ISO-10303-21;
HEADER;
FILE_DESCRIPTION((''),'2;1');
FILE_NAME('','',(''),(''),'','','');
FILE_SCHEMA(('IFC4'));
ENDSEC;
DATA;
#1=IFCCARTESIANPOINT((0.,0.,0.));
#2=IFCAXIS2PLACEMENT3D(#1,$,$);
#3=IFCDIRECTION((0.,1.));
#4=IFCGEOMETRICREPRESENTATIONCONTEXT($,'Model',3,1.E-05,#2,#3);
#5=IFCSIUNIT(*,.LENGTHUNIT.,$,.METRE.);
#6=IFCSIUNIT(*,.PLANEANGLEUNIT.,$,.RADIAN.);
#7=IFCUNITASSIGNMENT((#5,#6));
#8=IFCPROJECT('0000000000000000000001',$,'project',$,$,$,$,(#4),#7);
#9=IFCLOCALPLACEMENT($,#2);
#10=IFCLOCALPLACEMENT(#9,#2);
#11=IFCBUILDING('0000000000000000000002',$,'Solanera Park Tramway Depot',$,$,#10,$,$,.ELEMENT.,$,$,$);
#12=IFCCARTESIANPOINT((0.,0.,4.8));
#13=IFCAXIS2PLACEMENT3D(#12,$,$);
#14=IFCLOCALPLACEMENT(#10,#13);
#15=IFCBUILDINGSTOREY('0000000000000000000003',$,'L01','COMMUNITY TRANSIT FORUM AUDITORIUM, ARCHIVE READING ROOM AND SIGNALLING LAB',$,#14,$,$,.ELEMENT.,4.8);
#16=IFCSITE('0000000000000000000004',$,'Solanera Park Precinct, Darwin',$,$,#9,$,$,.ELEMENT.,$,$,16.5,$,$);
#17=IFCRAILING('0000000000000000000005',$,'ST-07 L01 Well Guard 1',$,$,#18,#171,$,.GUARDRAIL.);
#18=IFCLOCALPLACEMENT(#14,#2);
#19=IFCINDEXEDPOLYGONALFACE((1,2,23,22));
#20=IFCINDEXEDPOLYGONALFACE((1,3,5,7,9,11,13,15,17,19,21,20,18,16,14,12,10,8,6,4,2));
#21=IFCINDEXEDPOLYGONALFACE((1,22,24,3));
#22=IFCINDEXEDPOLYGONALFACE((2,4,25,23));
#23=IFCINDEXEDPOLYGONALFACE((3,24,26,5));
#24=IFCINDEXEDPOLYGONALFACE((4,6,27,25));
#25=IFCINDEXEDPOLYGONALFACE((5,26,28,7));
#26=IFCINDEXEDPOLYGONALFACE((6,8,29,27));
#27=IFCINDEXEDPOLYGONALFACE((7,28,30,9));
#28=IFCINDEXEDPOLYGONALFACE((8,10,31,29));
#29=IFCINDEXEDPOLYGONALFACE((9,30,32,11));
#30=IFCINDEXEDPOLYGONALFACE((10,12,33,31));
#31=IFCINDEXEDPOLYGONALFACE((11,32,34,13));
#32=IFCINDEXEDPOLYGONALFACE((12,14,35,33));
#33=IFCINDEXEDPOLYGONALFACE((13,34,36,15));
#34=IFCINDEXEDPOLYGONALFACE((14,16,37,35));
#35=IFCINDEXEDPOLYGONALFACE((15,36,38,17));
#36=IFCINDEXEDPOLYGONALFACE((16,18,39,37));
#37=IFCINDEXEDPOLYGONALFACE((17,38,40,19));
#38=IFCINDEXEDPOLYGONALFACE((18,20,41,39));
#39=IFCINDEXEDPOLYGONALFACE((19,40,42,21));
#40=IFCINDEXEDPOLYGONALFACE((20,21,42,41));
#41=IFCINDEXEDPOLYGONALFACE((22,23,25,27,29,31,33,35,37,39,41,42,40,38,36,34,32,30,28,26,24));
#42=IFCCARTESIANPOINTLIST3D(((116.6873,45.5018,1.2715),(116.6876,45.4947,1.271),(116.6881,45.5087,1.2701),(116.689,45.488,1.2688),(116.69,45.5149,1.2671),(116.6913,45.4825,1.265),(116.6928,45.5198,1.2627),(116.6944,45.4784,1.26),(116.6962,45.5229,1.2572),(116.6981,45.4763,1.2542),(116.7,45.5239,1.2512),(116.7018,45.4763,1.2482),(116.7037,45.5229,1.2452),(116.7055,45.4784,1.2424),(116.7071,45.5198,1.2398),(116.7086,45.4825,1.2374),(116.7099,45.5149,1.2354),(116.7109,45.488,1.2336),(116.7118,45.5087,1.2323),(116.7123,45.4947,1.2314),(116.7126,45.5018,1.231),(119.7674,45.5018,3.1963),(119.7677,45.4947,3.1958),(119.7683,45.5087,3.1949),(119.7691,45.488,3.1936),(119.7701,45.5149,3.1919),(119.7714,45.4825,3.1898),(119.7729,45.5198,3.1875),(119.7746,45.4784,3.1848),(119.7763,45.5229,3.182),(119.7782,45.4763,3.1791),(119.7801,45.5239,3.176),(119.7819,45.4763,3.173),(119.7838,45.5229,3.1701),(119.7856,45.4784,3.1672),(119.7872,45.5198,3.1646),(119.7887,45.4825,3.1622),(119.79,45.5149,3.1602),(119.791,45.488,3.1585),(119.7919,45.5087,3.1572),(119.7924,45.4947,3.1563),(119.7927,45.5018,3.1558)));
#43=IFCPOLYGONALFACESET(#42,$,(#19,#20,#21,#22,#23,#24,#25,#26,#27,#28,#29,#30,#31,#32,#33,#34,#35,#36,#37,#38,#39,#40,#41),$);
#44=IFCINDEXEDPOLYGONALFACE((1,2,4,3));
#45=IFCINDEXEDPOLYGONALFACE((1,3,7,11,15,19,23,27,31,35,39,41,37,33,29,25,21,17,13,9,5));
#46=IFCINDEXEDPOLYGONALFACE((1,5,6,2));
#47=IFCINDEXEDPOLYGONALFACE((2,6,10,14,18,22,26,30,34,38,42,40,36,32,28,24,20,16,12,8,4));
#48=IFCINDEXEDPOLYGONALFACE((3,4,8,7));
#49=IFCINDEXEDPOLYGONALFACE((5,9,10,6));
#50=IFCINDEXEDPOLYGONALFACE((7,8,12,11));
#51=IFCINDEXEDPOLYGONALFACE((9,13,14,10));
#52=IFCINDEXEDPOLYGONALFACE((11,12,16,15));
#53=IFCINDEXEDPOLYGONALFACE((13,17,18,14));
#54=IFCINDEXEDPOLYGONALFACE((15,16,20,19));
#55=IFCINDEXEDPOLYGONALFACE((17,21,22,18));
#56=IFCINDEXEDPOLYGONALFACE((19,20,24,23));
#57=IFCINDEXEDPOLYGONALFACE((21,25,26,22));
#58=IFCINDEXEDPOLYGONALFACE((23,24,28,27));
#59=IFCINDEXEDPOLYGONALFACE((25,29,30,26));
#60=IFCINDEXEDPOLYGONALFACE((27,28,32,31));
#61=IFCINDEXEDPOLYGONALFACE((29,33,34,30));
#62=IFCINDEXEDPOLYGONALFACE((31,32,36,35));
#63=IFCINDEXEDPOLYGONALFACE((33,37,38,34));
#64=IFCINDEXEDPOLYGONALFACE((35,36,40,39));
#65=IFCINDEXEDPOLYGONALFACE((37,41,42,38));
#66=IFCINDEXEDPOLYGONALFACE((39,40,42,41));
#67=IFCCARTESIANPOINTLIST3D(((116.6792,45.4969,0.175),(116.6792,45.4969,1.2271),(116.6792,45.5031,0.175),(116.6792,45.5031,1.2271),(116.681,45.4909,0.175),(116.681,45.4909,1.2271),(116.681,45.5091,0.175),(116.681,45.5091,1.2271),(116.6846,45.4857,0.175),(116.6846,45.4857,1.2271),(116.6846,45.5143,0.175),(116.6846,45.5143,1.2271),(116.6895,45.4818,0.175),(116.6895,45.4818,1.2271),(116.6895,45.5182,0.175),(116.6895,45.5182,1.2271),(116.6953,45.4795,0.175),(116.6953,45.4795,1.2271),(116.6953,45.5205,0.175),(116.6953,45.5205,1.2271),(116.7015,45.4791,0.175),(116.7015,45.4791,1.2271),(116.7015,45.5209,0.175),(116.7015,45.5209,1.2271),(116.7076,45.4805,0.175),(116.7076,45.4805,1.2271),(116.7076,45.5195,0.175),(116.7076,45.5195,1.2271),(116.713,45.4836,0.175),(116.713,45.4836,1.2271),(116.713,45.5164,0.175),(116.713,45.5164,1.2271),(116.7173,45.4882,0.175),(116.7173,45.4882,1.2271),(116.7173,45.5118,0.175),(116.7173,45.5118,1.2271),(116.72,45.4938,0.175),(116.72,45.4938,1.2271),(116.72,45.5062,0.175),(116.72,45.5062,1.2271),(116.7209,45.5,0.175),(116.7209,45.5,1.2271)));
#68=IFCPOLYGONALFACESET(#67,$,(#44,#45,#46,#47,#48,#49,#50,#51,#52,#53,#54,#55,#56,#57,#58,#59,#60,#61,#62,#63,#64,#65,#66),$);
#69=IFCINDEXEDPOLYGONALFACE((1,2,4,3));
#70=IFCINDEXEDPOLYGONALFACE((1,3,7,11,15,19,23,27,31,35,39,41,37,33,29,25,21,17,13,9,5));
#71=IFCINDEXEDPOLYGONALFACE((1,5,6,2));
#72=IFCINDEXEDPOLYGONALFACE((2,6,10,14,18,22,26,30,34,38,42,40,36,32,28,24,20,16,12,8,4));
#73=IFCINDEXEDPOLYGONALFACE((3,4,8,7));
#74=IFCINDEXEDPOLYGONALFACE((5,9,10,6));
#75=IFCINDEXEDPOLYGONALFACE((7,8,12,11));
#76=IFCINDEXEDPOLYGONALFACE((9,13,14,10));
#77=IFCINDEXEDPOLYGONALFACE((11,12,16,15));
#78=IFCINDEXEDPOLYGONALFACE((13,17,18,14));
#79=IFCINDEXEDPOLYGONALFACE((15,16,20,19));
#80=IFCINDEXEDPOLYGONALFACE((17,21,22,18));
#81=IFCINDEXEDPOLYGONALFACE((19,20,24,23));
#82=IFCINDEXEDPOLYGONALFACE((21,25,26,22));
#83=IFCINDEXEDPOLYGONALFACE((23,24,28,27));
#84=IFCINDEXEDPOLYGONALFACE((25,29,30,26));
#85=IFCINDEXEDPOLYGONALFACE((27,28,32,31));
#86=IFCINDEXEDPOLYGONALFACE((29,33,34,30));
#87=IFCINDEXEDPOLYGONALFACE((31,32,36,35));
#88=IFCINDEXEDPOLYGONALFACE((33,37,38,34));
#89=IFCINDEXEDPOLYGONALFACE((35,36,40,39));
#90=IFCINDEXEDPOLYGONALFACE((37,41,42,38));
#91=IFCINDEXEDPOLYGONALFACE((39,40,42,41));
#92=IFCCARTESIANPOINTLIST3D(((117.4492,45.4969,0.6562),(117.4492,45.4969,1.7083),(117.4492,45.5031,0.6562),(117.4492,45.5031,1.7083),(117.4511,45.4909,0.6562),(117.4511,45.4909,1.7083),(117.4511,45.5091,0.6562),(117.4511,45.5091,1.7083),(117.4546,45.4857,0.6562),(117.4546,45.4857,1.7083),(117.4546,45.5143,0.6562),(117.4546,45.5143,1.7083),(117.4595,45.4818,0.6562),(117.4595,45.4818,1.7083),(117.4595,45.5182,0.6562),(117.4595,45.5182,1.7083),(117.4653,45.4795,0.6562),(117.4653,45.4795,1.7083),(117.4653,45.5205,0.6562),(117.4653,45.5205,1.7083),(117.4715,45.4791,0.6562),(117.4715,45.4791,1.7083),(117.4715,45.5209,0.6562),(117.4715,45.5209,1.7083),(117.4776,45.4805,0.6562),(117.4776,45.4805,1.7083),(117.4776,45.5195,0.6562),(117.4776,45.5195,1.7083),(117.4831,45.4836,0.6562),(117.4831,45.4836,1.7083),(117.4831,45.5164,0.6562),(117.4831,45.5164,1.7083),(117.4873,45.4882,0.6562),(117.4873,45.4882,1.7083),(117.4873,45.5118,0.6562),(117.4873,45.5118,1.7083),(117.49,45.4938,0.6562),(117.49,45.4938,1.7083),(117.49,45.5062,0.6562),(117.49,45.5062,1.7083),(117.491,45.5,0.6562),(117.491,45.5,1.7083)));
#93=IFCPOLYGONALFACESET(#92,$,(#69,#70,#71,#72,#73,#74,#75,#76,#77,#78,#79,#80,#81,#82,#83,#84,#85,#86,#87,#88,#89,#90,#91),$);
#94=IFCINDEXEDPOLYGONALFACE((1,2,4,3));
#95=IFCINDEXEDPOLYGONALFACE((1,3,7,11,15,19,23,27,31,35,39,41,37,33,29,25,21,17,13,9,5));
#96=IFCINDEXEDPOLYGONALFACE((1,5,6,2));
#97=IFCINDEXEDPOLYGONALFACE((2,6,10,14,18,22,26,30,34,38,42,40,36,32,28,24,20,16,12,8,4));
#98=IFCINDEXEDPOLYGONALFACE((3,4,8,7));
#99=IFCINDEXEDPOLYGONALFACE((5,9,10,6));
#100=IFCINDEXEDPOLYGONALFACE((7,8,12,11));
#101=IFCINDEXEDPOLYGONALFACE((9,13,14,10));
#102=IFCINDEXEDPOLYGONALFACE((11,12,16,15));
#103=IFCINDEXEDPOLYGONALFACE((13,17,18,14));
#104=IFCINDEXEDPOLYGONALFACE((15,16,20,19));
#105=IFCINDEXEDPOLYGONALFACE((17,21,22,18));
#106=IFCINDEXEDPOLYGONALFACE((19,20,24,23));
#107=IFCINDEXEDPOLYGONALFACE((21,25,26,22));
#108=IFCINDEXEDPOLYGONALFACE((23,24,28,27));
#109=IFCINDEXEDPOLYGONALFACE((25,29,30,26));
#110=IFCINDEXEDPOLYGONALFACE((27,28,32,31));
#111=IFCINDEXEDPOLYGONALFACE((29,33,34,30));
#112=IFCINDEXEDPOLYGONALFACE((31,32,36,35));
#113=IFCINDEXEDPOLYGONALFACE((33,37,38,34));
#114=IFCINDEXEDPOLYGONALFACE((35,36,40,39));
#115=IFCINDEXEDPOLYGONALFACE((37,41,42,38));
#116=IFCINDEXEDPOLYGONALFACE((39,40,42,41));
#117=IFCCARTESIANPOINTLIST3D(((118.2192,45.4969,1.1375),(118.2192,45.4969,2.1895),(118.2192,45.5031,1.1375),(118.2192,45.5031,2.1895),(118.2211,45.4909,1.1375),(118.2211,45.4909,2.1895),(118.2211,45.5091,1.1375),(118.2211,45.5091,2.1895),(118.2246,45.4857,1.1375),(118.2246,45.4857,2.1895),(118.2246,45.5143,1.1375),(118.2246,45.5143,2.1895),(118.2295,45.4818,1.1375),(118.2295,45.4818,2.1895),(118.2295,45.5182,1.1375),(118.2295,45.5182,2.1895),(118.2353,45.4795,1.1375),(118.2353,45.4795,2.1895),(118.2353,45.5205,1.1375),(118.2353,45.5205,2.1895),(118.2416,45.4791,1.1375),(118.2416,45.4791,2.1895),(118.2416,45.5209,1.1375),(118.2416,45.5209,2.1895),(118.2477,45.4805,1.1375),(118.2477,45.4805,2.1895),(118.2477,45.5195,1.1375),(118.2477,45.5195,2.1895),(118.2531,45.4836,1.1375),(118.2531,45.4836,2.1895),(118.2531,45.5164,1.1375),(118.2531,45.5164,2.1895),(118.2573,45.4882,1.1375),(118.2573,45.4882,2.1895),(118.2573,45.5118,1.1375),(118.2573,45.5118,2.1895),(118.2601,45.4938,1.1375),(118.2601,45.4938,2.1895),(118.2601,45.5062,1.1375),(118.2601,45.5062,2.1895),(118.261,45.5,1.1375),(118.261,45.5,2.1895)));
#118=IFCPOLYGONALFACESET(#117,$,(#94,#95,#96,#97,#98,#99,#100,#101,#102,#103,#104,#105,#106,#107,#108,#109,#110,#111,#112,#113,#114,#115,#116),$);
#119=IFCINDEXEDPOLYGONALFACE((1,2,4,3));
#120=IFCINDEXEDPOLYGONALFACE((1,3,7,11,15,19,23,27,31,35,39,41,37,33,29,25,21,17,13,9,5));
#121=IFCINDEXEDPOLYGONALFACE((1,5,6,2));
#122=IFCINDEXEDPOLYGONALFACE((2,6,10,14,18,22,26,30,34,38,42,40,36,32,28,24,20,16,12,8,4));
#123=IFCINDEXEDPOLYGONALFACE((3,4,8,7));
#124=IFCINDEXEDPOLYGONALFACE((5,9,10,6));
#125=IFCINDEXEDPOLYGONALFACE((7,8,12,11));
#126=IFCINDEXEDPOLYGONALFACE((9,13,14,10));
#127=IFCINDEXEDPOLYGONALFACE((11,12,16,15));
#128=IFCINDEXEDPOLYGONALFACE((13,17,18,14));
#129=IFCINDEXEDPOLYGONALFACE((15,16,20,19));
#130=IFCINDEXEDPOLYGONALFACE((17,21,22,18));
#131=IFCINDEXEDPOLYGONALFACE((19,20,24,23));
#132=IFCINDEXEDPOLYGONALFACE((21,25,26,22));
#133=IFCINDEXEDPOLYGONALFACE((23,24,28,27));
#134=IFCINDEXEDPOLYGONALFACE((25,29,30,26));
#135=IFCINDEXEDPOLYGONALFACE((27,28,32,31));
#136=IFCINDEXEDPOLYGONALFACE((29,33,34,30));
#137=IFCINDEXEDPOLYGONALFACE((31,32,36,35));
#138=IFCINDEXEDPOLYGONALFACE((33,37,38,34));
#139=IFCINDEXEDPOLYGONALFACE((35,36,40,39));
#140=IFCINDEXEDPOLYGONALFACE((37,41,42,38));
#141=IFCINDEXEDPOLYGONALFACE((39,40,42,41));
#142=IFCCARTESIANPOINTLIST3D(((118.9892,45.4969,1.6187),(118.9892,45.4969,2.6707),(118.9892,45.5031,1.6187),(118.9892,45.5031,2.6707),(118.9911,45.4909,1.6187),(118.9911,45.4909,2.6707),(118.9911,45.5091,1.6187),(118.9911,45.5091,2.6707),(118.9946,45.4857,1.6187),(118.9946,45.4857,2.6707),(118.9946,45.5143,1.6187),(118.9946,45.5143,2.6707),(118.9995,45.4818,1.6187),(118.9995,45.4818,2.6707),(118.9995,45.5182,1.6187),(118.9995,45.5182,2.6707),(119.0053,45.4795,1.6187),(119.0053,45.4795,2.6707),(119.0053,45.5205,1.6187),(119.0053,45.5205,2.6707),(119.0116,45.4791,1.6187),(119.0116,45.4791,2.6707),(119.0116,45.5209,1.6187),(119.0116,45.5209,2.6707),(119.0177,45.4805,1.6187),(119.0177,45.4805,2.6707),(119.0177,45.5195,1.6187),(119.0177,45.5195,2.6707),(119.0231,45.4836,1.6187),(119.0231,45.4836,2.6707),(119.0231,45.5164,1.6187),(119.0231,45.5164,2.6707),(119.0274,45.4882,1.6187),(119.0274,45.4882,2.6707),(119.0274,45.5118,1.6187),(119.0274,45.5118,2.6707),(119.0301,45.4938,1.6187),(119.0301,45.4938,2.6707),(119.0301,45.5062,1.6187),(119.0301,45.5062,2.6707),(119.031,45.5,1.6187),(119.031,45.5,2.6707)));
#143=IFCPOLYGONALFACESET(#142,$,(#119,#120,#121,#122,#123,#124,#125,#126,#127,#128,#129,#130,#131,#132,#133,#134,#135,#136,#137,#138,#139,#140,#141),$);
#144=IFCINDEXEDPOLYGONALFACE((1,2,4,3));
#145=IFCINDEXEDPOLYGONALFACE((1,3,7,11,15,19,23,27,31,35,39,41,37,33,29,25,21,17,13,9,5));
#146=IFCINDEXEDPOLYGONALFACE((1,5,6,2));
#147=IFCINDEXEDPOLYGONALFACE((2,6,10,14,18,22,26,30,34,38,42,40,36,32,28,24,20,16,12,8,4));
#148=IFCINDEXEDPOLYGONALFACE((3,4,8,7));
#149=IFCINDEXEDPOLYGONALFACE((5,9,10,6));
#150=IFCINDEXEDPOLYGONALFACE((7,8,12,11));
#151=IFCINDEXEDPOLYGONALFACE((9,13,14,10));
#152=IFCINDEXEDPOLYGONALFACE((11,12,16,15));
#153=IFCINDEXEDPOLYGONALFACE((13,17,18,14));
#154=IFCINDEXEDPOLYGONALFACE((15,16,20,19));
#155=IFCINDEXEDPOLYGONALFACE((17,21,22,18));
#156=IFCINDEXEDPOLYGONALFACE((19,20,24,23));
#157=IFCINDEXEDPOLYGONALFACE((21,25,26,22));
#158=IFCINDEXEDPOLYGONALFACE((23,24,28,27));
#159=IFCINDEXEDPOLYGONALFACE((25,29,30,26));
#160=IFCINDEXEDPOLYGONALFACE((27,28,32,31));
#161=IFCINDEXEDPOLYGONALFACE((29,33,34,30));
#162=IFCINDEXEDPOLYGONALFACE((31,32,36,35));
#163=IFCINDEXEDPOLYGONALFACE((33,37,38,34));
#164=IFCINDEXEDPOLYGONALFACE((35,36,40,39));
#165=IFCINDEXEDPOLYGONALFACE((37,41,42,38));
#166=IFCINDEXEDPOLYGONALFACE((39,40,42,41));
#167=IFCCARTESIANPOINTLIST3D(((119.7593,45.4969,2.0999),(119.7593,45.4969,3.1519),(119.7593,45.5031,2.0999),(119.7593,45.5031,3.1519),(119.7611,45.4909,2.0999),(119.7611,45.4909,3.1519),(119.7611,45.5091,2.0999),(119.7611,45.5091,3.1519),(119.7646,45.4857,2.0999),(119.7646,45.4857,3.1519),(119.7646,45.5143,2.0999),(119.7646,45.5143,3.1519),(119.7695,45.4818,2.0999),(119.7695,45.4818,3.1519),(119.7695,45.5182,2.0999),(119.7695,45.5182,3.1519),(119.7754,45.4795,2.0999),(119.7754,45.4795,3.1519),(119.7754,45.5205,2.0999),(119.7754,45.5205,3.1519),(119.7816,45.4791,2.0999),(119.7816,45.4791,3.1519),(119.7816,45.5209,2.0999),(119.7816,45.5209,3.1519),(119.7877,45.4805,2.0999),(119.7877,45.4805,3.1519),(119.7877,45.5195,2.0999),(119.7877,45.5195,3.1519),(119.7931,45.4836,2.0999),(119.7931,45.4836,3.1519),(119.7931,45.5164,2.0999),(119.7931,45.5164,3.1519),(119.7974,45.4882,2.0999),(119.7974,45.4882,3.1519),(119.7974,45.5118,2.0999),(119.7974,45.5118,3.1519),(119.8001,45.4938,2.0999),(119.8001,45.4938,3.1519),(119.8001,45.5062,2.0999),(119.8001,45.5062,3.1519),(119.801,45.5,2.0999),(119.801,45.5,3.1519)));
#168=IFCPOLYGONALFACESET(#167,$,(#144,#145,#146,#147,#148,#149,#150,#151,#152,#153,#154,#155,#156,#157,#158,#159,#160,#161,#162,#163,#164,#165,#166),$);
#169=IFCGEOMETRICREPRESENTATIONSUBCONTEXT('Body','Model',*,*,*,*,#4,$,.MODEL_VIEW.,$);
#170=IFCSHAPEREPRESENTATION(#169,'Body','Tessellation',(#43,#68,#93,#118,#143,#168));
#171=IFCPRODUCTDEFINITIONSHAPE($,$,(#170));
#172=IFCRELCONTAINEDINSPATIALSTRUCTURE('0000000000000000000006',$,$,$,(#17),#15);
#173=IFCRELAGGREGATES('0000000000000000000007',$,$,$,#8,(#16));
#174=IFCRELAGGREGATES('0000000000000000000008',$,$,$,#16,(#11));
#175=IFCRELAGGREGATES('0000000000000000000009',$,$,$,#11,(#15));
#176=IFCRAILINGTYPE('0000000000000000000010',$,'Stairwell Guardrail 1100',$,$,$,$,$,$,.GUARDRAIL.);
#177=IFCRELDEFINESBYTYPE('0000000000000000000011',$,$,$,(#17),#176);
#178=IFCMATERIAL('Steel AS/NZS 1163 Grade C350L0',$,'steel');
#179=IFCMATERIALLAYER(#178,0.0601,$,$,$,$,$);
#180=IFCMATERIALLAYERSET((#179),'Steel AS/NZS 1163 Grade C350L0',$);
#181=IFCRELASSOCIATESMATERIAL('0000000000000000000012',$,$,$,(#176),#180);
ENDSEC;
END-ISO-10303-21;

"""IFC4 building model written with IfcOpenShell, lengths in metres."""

from ifc_helpers import new_model, si_unit, direction, frame, origin, origin_2d, place, context, subcontext, project, spatial, circle, extrude, material, layer, layer_set, type_object, element, save


model = new_model("IFC4")

# Units and contexts
model_context = context("Model", 3, precision=1e-05, world=origin(), true_north=direction((0.0, 1.0)))
body_context = subcontext(model_context, "Body", "Model", "MODEL_VIEW")
ifc_project = project(units=[si_unit("LENGTHUNIT", "METRE"), si_unit("PLANEANGLEUNIT", "RADIAN")], contexts=[model_context])

# Site, building, storey
site_placement = place(None, origin())
site = spatial("IfcSite", under=ifc_project, at=site_placement, Name="Solanera Park Precinct, Darwin", CompositionType="ELEMENT", RefElevation=16.5)
building_placement = place(site_placement, origin())
building = spatial("IfcBuilding", under=site, at=building_placement, Name="Solanera Park Tramway Depot", CompositionType="ELEMENT")
storey_placement = place(building_placement, frame((0.0, 0.0, 4.8)))
storey = spatial("IfcBuildingStorey", under=building, at=storey_placement, Name="L01", Description="COMMUNITY TRANSIT FORUM AUDITORIUM, ARCHIVE READING ROOM AND SIGNALLING LAB", CompositionType="ELEMENT", Elevation=4.8)

# Railing
ifc_material_1 = material(Name="Steel AS/NZS 1163 Grade C350L0", Category="steel")
ifc_layer_1 = layer(ifc_material_1, 0.0601)
ifc_layer_set_1 = layer_set([ifc_layer_1], Name="Steel AS/NZS 1163 Grade C350L0")
railing_type_1 = type_object("IfcRailingType", Name="Stairwell Guardrail 1100", PredefinedType="GUARDRAIL", material=ifc_layer_set_1)
railing_1_placement = place(storey_placement, frame((116.7, 45.5, 0.175)))
element("IfcRailing", 1, at=railing_1_placement, inside=storey, type_object=railing_type_1, Name="ST-07 L01 Well Guard 1", PredefinedType="GUARDRAIL", context=body_context, shape_type="SweptSolid", body=[
    extrude(circle(Radius=0.0239, at=origin_2d()), frame((0.0, 0.0, 1.0762), z_axis=(0.848029, 0.0, 0.529951), x_axis=(0.0, 1.0, 0.0)), (0.0, 0.0, 1.0), 3.6321),
    extrude(circle(Radius=0.021, at=origin_2d()), origin(), (0.0, 0.0, 1.0), 1.052),
    extrude(circle(Radius=0.021, at=origin_2d()), frame((0.77, 0.0, 0.4812)), (0.0, 0.0, 1.0), 1.052),
    extrude(circle(Radius=0.021, at=origin_2d()), frame((1.54, 0.0, 0.9624)), (0.0, 0.0, 1.0), 1.052),
    extrude(circle(Radius=0.021, at=origin_2d()), frame((2.3101, 0.0, 1.4436)), (0.0, 0.0, 1.0), 1.052),
    extrude(circle(Radius=0.021, at=origin_2d()), frame((3.0801, 0.0, 1.9248)), (0.0, 0.0, 1.0), 1.052),
])

save(model, "model.ifc")
